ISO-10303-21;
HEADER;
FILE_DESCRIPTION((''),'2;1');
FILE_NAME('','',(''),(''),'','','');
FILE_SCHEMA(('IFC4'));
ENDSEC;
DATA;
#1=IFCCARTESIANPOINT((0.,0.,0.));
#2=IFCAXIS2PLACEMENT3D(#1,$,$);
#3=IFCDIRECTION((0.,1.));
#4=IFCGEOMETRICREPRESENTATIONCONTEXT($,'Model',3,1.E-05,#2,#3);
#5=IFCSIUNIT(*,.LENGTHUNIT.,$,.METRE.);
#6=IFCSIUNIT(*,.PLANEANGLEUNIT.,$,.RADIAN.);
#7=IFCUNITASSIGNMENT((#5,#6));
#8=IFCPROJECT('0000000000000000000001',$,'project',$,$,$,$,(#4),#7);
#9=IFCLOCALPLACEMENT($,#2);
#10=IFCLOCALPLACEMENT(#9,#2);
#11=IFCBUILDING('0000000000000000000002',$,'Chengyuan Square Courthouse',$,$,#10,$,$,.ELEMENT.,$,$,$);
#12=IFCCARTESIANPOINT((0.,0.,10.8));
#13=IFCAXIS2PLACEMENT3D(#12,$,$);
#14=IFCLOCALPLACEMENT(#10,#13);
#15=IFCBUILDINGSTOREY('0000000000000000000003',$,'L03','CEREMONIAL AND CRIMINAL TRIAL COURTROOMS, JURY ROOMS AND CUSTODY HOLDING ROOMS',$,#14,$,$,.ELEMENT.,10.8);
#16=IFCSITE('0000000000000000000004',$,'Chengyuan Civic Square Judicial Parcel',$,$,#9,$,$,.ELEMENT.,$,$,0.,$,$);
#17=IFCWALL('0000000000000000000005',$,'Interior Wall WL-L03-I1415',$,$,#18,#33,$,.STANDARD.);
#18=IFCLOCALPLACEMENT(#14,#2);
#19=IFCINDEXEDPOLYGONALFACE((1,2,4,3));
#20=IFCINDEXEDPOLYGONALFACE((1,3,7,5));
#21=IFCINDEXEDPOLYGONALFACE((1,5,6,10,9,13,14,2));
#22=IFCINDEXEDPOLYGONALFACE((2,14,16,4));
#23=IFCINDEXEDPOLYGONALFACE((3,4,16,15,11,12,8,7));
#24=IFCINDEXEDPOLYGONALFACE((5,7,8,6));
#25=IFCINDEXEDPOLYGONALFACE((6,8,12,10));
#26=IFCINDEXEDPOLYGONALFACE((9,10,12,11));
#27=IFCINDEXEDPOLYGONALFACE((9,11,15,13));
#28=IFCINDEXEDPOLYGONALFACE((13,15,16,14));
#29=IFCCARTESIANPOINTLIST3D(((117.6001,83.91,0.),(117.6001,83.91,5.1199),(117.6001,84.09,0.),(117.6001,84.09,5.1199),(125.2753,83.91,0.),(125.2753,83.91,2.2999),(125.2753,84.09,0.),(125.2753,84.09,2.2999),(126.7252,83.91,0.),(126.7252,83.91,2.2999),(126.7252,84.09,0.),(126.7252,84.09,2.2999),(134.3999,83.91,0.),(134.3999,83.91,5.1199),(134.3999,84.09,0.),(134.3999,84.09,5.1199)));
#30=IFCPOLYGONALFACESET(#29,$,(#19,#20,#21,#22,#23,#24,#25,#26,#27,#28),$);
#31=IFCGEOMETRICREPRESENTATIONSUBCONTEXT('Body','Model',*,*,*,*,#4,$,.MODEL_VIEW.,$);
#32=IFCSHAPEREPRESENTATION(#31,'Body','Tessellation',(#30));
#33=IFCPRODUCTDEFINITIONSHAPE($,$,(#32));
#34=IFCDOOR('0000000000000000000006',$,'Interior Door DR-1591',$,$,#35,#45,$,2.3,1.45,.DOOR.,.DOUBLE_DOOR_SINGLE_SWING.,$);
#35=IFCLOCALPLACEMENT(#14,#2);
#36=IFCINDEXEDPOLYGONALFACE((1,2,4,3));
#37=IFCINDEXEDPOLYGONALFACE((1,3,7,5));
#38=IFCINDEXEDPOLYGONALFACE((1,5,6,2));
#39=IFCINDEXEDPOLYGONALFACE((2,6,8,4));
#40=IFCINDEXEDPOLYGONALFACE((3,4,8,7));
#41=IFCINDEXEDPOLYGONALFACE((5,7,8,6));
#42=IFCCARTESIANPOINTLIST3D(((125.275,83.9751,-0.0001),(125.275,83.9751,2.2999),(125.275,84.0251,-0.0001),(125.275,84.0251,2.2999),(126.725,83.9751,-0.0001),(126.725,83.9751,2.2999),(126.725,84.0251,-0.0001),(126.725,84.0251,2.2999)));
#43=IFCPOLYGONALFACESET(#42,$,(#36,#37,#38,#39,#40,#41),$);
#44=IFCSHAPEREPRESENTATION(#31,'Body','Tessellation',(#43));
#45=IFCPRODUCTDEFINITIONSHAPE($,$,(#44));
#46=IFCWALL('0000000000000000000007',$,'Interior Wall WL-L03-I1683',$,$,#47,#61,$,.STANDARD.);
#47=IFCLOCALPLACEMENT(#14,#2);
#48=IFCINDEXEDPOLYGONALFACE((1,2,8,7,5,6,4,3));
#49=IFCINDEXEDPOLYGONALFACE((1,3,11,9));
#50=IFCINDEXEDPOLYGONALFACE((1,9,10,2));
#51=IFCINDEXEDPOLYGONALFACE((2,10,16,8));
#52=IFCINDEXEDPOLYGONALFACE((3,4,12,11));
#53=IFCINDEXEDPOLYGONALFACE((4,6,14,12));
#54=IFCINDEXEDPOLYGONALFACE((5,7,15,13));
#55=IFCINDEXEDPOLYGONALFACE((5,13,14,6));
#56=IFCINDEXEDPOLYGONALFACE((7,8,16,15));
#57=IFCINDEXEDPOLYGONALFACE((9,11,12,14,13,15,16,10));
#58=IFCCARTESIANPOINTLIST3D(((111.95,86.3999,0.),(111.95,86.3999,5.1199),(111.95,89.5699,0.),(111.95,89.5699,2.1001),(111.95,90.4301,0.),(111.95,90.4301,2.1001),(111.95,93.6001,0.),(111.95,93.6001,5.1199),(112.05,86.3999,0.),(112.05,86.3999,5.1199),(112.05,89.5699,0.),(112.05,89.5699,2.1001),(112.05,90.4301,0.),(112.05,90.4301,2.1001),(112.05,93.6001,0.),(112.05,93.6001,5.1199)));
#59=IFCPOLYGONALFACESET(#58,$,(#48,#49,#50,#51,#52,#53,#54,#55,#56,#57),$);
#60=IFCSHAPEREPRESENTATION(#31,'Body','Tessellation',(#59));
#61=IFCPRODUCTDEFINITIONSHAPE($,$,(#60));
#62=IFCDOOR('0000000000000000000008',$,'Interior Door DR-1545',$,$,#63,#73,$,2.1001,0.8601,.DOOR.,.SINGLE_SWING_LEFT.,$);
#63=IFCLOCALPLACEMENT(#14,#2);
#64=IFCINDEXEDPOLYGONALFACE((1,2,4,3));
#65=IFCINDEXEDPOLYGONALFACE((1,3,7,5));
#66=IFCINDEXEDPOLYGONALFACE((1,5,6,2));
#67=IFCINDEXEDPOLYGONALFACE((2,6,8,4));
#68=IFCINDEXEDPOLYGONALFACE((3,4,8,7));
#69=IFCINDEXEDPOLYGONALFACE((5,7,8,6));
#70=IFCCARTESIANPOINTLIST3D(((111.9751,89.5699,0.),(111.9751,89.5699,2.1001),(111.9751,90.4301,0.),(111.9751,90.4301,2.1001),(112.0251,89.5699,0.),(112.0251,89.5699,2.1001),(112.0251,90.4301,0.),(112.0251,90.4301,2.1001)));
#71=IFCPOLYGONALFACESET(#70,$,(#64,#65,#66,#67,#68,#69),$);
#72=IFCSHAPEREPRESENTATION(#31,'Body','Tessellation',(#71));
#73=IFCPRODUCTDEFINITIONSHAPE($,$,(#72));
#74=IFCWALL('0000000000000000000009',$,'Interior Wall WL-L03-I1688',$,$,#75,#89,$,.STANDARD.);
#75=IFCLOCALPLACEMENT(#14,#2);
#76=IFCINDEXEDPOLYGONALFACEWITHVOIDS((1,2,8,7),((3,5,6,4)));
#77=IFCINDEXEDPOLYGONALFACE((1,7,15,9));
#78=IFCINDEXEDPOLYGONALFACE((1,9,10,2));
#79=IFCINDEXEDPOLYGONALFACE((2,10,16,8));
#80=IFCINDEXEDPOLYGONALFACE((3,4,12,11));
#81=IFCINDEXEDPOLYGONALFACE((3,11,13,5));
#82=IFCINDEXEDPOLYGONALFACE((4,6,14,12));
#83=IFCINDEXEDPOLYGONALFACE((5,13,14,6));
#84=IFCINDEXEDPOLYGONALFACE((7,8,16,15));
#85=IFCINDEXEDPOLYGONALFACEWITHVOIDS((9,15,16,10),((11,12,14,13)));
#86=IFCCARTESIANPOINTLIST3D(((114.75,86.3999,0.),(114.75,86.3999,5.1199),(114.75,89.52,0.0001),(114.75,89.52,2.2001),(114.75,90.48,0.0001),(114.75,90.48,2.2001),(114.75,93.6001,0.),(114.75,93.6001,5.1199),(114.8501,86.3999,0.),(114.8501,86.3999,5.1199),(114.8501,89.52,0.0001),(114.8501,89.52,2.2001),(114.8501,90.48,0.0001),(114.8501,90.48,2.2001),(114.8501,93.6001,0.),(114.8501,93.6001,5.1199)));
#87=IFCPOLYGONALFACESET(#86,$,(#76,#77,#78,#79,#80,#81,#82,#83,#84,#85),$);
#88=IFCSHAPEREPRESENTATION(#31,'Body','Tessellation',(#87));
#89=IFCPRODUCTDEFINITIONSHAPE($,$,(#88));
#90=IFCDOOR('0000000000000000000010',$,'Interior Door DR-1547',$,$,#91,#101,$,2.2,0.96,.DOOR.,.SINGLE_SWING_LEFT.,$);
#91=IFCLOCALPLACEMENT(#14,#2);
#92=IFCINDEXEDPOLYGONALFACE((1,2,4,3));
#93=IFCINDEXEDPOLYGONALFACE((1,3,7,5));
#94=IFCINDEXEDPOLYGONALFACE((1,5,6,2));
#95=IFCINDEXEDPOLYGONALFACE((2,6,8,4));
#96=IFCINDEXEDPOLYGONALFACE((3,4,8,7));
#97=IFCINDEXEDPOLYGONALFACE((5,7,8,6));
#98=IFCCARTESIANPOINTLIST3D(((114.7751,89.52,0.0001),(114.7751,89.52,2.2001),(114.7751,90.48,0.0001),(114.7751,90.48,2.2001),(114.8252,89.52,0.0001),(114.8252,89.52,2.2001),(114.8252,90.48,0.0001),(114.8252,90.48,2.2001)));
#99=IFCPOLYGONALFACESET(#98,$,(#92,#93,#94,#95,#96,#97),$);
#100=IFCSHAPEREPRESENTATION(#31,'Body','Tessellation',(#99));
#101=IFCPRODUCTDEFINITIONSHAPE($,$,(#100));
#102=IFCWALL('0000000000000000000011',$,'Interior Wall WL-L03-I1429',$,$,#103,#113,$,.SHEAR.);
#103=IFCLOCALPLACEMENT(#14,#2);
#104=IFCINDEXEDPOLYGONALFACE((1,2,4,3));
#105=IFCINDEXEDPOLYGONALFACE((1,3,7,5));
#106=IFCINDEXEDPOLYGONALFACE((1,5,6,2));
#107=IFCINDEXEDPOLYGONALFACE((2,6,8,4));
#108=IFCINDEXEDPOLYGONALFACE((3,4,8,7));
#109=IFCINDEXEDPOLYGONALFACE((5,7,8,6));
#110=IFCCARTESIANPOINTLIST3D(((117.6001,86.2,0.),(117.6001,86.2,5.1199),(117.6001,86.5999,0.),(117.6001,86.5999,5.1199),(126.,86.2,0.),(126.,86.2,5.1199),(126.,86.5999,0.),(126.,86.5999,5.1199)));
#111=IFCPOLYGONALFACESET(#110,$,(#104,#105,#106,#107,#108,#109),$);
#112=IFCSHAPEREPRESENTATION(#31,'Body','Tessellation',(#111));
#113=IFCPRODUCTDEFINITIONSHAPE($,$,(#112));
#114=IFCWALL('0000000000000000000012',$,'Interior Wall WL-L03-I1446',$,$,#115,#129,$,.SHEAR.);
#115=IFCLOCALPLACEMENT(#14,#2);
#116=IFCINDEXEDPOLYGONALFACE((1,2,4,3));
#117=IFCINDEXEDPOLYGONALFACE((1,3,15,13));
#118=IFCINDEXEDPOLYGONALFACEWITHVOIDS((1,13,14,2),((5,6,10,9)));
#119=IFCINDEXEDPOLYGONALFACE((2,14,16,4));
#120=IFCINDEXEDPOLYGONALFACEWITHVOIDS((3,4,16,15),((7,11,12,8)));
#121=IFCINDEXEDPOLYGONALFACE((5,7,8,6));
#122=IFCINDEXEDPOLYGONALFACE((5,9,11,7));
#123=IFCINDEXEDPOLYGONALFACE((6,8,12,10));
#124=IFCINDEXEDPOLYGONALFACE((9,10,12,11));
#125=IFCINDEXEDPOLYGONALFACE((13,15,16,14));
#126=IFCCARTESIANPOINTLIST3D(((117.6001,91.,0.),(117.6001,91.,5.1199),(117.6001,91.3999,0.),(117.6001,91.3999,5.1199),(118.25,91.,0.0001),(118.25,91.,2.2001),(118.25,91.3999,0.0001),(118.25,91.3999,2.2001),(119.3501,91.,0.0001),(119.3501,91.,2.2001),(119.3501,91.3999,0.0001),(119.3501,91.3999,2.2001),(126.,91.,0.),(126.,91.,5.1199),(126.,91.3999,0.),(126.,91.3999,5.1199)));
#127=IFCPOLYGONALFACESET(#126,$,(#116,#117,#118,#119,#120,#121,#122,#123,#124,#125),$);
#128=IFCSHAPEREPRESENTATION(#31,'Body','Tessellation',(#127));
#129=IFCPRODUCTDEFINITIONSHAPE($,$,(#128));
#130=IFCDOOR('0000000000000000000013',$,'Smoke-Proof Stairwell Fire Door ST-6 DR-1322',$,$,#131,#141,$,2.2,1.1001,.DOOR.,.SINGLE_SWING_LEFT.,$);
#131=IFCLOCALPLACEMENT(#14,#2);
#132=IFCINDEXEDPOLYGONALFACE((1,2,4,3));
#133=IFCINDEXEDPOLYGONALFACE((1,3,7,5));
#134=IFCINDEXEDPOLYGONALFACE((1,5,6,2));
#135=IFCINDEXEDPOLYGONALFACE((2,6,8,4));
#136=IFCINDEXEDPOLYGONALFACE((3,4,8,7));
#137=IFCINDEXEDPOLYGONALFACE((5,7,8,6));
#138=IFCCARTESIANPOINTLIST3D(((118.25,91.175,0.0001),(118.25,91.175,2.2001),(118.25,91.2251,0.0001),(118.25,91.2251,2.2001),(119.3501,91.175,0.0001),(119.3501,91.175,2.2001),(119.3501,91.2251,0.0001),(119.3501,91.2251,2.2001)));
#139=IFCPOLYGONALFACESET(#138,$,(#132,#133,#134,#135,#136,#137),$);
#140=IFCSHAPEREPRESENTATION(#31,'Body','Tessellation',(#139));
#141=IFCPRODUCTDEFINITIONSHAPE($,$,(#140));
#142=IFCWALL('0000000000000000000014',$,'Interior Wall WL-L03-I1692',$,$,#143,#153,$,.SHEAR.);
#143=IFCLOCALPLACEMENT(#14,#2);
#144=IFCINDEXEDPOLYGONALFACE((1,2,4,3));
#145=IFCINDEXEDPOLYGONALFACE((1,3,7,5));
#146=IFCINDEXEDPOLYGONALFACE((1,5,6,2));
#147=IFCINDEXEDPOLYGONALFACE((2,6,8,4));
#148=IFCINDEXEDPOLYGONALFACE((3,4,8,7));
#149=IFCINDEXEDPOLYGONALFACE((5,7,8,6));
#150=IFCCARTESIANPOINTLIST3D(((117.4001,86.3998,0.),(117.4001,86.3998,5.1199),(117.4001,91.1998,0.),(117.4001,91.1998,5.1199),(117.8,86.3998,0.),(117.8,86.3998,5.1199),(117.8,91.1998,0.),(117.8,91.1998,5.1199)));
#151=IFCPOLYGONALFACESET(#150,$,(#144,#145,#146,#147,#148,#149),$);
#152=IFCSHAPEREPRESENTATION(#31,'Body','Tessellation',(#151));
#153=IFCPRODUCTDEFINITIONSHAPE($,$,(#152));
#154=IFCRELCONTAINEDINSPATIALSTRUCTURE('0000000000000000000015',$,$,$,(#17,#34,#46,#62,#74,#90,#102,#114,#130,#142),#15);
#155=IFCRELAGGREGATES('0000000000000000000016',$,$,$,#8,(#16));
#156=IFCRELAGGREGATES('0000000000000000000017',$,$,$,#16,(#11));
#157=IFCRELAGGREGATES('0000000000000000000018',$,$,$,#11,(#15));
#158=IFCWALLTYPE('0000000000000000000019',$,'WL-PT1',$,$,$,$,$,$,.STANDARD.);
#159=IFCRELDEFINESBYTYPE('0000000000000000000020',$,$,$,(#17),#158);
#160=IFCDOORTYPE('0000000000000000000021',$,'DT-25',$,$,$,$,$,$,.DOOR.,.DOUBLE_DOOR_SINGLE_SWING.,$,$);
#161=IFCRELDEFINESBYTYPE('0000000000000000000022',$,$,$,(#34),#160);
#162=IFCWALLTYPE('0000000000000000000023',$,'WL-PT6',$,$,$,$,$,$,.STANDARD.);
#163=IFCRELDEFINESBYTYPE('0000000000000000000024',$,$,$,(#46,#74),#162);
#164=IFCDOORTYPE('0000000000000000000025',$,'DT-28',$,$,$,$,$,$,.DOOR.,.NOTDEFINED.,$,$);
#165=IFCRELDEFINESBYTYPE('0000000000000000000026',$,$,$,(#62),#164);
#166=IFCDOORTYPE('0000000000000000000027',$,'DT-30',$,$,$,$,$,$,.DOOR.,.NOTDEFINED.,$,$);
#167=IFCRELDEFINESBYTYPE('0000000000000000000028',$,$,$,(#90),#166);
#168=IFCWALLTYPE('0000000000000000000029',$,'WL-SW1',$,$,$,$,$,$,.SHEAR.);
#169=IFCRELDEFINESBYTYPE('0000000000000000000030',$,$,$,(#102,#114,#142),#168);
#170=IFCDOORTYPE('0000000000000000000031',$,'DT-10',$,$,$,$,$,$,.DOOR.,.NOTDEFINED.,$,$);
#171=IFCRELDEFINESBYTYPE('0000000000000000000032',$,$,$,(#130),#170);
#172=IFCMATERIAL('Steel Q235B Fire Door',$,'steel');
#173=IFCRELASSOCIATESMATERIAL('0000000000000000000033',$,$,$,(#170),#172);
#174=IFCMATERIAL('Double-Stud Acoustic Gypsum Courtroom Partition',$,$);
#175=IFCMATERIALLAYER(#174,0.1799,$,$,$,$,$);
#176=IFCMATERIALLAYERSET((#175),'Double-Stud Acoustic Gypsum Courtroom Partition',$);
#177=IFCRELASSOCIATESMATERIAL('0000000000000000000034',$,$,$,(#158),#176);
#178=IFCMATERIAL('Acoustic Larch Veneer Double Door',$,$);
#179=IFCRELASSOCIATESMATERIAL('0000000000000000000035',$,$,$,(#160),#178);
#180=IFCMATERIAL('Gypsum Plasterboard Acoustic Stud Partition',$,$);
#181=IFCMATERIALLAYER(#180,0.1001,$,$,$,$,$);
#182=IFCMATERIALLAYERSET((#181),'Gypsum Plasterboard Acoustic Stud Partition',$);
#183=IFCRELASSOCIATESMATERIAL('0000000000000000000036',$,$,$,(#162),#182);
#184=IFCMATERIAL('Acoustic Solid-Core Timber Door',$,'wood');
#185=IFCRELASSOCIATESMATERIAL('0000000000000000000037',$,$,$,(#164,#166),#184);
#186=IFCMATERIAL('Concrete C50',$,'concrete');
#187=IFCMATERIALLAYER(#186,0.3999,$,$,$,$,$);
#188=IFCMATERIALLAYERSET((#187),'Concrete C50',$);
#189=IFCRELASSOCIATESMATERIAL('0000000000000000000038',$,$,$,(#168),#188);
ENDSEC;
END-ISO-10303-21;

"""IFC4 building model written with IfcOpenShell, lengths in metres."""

from ifc_helpers import new_model, si_unit, direction, frame, frame_2d, origin, place, context, subcontext, project, spatial, rectangle, extrude, material, layer, layer_set, type_object, element, fill, save


model = new_model("IFC4")

# Units and contexts
model_context = context("Model", 3, precision=1e-05, world=origin(), true_north=direction((0.0, 1.0)))
body_context = subcontext(model_context, "Body", "Model", "MODEL_VIEW")
ifc_project = project(units=[si_unit("LENGTHUNIT", "METRE"), si_unit("PLANEANGLEUNIT", "RADIAN")], contexts=[model_context])

# Site, building, storey
site_placement = place(None, origin())
site = spatial("IfcSite", under=ifc_project, at=site_placement, Name="Chengyuan Civic Square Judicial Parcel", CompositionType="ELEMENT", RefElevation=0.0)
building_placement = place(site_placement, origin())
building = spatial("IfcBuilding", under=site, at=building_placement, Name="Chengyuan Square Courthouse", CompositionType="ELEMENT")
storey_placement = place(building_placement, frame((0.0, 0.0, 10.8)))
storey = spatial("IfcBuildingStorey", under=building, at=storey_placement, Name="L03", Description="CEREMONIAL AND CRIMINAL TRIAL COURTROOMS, JURY ROOMS AND CUSTODY HOLDING ROOMS", CompositionType="ELEMENT", Elevation=10.8)

# Shared definitions
ifc_material_1 = material(Name="Concrete C50", Category="concrete")

# Shared definitions
ifc_material_2 = material(Name="Steel Q235B Fire Door", Category="steel")
door_type_1 = type_object("IfcDoorType", Name="DT-10", OperationType="NOTDEFINED", PredefinedType="DOOR", material=ifc_material_2)

# Walls, openings, doors
ifc_material_3 = material(Name="Double-Stud Acoustic Gypsum Courtroom Partition")
ifc_layer_1 = layer(ifc_material_3, 0.1799)
ifc_layer_set_1 = layer_set([ifc_layer_1], Name="Double-Stud Acoustic Gypsum Courtroom Partition")
wall_type_1 = type_object("IfcWallType", Name="WL-PT1", PredefinedType="STANDARD", material=ifc_layer_set_1)
wall_1_placement = place(storey_placement, frame((117.6001, 84.0, 0.0), z_axis=(0.0, 0.0, 1.0), x_axis=(1.0, 0.0, 0.0)))
wall_1 = element("IfcWall", 1, at=wall_1_placement, inside=storey, type_object=wall_type_1, Name="Interior Wall WL-L03-I1415", PredefinedType="STANDARD", context=body_context, shape_type="SweptSolid", body=[
    extrude(rectangle(XDim=16.7998, YDim=0.1799, at=frame_2d((8.3999, 0.0))), origin(), (0.0, 0.0, 1.0), 5.1199),
])
opening_1_placement = place(wall_1_placement, frame((7.675, 0.0, 0.0)))
opening_1 = element("IfcOpeningElement", 2, at=opening_1_placement, cuts=wall_1, PredefinedType="OPENING", context=body_context, shape_type="SweptSolid", body=[
    extrude(rectangle(XDim=1.45, YDim=2.3, at=frame_2d((0.7251, 1.1499))), frame((0.0, 0.1021, 0.0), z_axis=(0.0, -1.0, 0.0), x_axis=(1.0, 0.0, 0.0)), (0.0, 0.0, 1.0), 0.2039),
])
ifc_material_4 = material(Name="Acoustic Larch Veneer Double Door")
door_type_2 = type_object("IfcDoorType", Name="DT-25", OperationType="DOUBLE_DOOR_SINGLE_SWING", PredefinedType="DOOR", material=ifc_material_4)
door_1_placement = place(opening_1_placement, frame((1.45, 0.0, 0.0), z_axis=(0.0, 0.0, 1.0), x_axis=(-1.0, 0.0, 0.0)))
door_1 = element("IfcDoor", 3, at=door_1_placement, inside=storey, type_object=door_type_2, Name="Interior Door DR-1591", OperationType="DOUBLE_DOOR_SINGLE_SWING", OverallHeight=2.3, OverallWidth=1.45, PredefinedType="DOOR", context=body_context, shape_type="SweptSolid", body=[
    extrude(rectangle(XDim=1.45, YDim=2.3, at=frame_2d((0.7251, 1.1499))), frame((0.0, 0.0249, 0.0), z_axis=(0.0, -1.0, 0.0), x_axis=(1.0, 0.0, 0.0)), (0.0, 0.0, 1.0), 0.05),
])
fill(opening_1, door_1)
ifc_material_5 = material(Name="Gypsum Plasterboard Acoustic Stud Partition")
ifc_layer_2 = layer(ifc_material_5, 0.1001)
ifc_layer_set_2 = layer_set([ifc_layer_2], Name="Gypsum Plasterboard Acoustic Stud Partition")
wall_type_2 = type_object("IfcWallType", Name="WL-PT6", PredefinedType="STANDARD", material=ifc_layer_set_2)
wall_2_placement = place(storey_placement, frame((112.0, 86.3999, 0.0), z_axis=(0.0, 0.0, 1.0), x_axis=(0.0, 1.0, 0.0)))
wall_2 = element("IfcWall", 4, at=wall_2_placement, inside=storey, type_object=wall_type_2, Name="Interior Wall WL-L03-I1683", PredefinedType="STANDARD", context=body_context, shape_type="SweptSolid", body=[
    extrude(rectangle(XDim=7.2002, YDim=0.1001, at=frame_2d((3.6001, 0.0))), origin(), (0.0, 0.0, 1.0), 5.1199),
])
opening_2_placement = place(wall_2_placement, frame((3.1699, 0.0, 0.0)))
opening_2 = element("IfcOpeningElement", 5, at=opening_2_placement, cuts=wall_2, PredefinedType="OPENING", context=body_context, shape_type="SweptSolid", body=[
    extrude(rectangle(XDim=0.8601, YDim=2.1001, at=frame_2d((0.4302, 1.05))), frame((0.0, 0.062, 0.0), z_axis=(0.0, -1.0, 0.0), x_axis=(1.0, 0.0, 0.0)), (0.0, 0.0, 1.0), 0.124),
])
ifc_material_6 = material(Name="Acoustic Solid-Core Timber Door", Category="wood")
door_type_3 = type_object("IfcDoorType", Name="DT-28", OperationType="NOTDEFINED", PredefinedType="DOOR", material=ifc_material_6)
door_2_placement = place(opening_2_placement, origin())
door_2 = element("IfcDoor", 6, at=door_2_placement, inside=storey, type_object=door_type_3, Name="Interior Door DR-1545", OperationType="SINGLE_SWING_LEFT", OverallHeight=2.1001, OverallWidth=0.8601, PredefinedType="DOOR", context=body_context, shape_type="SweptSolid", body=[
    extrude(rectangle(XDim=0.8601, YDim=2.1001, at=frame_2d((0.4302, 1.05))), frame((0.0, 0.0249, 0.0), z_axis=(0.0, -1.0, 0.0), x_axis=(1.0, 0.0, 0.0)), (0.0, 0.0, 1.0), 0.05),
])
fill(opening_2, door_2)
wall_3_placement = place(storey_placement, frame((114.8, 86.3999, 0.0), z_axis=(0.0, 0.0, 1.0), x_axis=(0.0, 1.0, 0.0)))
wall_3 = element("IfcWall", 7, at=wall_3_placement, inside=storey, type_object=wall_type_2, Name="Interior Wall WL-L03-I1688", PredefinedType="STANDARD", context=body_context, shape_type="SweptSolid", body=[
    extrude(rectangle(XDim=7.2002, YDim=0.1001, at=frame_2d((3.6001, 0.0))), origin(), (0.0, 0.0, 1.0), 5.1199),
])
opening_3_placement = place(wall_3_placement, frame((3.1201, 0.0, 0.0)))
opening_3 = element("IfcOpeningElement", 8, at=opening_3_placement, cuts=wall_3, PredefinedType="OPENING", context=body_context, shape_type="SweptSolid", body=[
    extrude(rectangle(XDim=0.96, YDim=2.2, at=frame_2d((0.48, 1.1001))), frame((0.0, 0.062, 0.0), z_axis=(0.0, -1.0, 0.0), x_axis=(1.0, 0.0, 0.0)), (0.0, 0.0, 1.0), 0.124),
])
door_type_4 = type_object("IfcDoorType", Name="DT-30", OperationType="NOTDEFINED", PredefinedType="DOOR", material=ifc_material_6)
door_3_placement = place(opening_3_placement, origin())
door_3 = element("IfcDoor", 9, at=door_3_placement, inside=storey, type_object=door_type_4, Name="Interior Door DR-1547", OperationType="SINGLE_SWING_LEFT", OverallHeight=2.2, OverallWidth=0.96, PredefinedType="DOOR", context=body_context, shape_type="SweptSolid", body=[
    extrude(rectangle(XDim=0.96, YDim=2.2, at=frame_2d((0.48, 1.1001))), frame((0.0, 0.0249, 0.0), z_axis=(0.0, -1.0, 0.0), x_axis=(1.0, 0.0, 0.0)), (0.0, 0.0, 1.0), 0.05),
])
fill(opening_3, door_3)

# Wall
ifc_layer_3 = layer(ifc_material_1, 0.3999)
ifc_layer_set_3 = layer_set([ifc_layer_3], Name="Concrete C50")
wall_type_3 = type_object("IfcWallType", Name="WL-SW1", PredefinedType="SHEAR", material=ifc_layer_set_3)
wall_4_placement = place(storey_placement, frame((117.6001, 86.3999, 0.0), z_axis=(0.0, 0.0, 1.0), x_axis=(1.0, 0.0, 0.0)))
element("IfcWall", 10, at=wall_4_placement, inside=storey, type_object=wall_type_3, Name="Interior Wall WL-L03-I1429", PredefinedType="SHEAR", context=body_context, shape_type="SweptSolid", body=[
    extrude(rectangle(XDim=8.3999, YDim=0.3999, at=frame_2d((4.2, 0.0))), origin(), (0.0, 0.0, 1.0), 5.1199),
])

# Wall, opening, door
wall_5_placement = place(storey_placement, frame((117.6001, 91.2, 0.0), z_axis=(0.0, 0.0, 1.0), x_axis=(1.0, 0.0, 0.0)))
wall_5 = element("IfcWall", 11, at=wall_5_placement, inside=storey, type_object=wall_type_3, Name="Interior Wall WL-L03-I1446", PredefinedType="SHEAR", context=body_context, shape_type="SweptSolid", body=[
    extrude(rectangle(XDim=8.3999, YDim=0.3999, at=frame_2d((4.2, 0.0))), origin(), (0.0, 0.0, 1.0), 5.1199),
])
opening_4_placement = place(wall_5_placement, frame((0.6499, 0.0, 0.0)))
opening_4 = element("IfcOpeningElement", 12, at=opening_4_placement, cuts=wall_5, PredefinedType="OPENING", context=body_context, shape_type="SweptSolid", body=[
    extrude(rectangle(XDim=1.1001, YDim=2.2, at=frame_2d((0.55, 1.1001))), frame((0.0, 0.2119, 0.0), z_axis=(0.0, -1.0, 0.0), x_axis=(1.0, 0.0, 0.0)), (0.0, 0.0, 1.0), 0.4238),
])
door_4_placement = place(opening_4_placement, frame((1.1001, 0.0, 0.0), z_axis=(0.0, 0.0, 1.0), x_axis=(-1.0, 0.0, 0.0)))
door_4 = element("IfcDoor", 13, at=door_4_placement, inside=storey, type_object=door_type_1, Name="Smoke-Proof Stairwell Fire Door ST-6 DR-1322", OperationType="SINGLE_SWING_LEFT", OverallHeight=2.2, OverallWidth=1.1001, PredefinedType="DOOR", context=body_context, shape_type="SweptSolid", body=[
    extrude(rectangle(XDim=1.1001, YDim=2.2, at=frame_2d((0.55, 1.1001))), frame((0.0, 0.0249, 0.0), z_axis=(0.0, -1.0, 0.0), x_axis=(1.0, 0.0, 0.0)), (0.0, 0.0, 1.0), 0.05),
])
fill(opening_4, door_4)

# Wall
wall_6_placement = place(storey_placement, frame((117.6001, 86.3999, 0.0), z_axis=(0.0, 0.0, 1.0), x_axis=(0.0, 1.0, 0.0)))
element("IfcWall", 14, at=wall_6_placement, inside=storey, type_object=wall_type_3, Name="Interior Wall WL-L03-I1692", PredefinedType="SHEAR", context=body_context, shape_type="SweptSolid", body=[
    extrude(rectangle(XDim=4.8, YDim=0.3999, at=frame_2d((2.3999, 0.0))), origin(), (0.0, 0.0, 1.0), 5.1199),
])

save(model, "model.ifc")
